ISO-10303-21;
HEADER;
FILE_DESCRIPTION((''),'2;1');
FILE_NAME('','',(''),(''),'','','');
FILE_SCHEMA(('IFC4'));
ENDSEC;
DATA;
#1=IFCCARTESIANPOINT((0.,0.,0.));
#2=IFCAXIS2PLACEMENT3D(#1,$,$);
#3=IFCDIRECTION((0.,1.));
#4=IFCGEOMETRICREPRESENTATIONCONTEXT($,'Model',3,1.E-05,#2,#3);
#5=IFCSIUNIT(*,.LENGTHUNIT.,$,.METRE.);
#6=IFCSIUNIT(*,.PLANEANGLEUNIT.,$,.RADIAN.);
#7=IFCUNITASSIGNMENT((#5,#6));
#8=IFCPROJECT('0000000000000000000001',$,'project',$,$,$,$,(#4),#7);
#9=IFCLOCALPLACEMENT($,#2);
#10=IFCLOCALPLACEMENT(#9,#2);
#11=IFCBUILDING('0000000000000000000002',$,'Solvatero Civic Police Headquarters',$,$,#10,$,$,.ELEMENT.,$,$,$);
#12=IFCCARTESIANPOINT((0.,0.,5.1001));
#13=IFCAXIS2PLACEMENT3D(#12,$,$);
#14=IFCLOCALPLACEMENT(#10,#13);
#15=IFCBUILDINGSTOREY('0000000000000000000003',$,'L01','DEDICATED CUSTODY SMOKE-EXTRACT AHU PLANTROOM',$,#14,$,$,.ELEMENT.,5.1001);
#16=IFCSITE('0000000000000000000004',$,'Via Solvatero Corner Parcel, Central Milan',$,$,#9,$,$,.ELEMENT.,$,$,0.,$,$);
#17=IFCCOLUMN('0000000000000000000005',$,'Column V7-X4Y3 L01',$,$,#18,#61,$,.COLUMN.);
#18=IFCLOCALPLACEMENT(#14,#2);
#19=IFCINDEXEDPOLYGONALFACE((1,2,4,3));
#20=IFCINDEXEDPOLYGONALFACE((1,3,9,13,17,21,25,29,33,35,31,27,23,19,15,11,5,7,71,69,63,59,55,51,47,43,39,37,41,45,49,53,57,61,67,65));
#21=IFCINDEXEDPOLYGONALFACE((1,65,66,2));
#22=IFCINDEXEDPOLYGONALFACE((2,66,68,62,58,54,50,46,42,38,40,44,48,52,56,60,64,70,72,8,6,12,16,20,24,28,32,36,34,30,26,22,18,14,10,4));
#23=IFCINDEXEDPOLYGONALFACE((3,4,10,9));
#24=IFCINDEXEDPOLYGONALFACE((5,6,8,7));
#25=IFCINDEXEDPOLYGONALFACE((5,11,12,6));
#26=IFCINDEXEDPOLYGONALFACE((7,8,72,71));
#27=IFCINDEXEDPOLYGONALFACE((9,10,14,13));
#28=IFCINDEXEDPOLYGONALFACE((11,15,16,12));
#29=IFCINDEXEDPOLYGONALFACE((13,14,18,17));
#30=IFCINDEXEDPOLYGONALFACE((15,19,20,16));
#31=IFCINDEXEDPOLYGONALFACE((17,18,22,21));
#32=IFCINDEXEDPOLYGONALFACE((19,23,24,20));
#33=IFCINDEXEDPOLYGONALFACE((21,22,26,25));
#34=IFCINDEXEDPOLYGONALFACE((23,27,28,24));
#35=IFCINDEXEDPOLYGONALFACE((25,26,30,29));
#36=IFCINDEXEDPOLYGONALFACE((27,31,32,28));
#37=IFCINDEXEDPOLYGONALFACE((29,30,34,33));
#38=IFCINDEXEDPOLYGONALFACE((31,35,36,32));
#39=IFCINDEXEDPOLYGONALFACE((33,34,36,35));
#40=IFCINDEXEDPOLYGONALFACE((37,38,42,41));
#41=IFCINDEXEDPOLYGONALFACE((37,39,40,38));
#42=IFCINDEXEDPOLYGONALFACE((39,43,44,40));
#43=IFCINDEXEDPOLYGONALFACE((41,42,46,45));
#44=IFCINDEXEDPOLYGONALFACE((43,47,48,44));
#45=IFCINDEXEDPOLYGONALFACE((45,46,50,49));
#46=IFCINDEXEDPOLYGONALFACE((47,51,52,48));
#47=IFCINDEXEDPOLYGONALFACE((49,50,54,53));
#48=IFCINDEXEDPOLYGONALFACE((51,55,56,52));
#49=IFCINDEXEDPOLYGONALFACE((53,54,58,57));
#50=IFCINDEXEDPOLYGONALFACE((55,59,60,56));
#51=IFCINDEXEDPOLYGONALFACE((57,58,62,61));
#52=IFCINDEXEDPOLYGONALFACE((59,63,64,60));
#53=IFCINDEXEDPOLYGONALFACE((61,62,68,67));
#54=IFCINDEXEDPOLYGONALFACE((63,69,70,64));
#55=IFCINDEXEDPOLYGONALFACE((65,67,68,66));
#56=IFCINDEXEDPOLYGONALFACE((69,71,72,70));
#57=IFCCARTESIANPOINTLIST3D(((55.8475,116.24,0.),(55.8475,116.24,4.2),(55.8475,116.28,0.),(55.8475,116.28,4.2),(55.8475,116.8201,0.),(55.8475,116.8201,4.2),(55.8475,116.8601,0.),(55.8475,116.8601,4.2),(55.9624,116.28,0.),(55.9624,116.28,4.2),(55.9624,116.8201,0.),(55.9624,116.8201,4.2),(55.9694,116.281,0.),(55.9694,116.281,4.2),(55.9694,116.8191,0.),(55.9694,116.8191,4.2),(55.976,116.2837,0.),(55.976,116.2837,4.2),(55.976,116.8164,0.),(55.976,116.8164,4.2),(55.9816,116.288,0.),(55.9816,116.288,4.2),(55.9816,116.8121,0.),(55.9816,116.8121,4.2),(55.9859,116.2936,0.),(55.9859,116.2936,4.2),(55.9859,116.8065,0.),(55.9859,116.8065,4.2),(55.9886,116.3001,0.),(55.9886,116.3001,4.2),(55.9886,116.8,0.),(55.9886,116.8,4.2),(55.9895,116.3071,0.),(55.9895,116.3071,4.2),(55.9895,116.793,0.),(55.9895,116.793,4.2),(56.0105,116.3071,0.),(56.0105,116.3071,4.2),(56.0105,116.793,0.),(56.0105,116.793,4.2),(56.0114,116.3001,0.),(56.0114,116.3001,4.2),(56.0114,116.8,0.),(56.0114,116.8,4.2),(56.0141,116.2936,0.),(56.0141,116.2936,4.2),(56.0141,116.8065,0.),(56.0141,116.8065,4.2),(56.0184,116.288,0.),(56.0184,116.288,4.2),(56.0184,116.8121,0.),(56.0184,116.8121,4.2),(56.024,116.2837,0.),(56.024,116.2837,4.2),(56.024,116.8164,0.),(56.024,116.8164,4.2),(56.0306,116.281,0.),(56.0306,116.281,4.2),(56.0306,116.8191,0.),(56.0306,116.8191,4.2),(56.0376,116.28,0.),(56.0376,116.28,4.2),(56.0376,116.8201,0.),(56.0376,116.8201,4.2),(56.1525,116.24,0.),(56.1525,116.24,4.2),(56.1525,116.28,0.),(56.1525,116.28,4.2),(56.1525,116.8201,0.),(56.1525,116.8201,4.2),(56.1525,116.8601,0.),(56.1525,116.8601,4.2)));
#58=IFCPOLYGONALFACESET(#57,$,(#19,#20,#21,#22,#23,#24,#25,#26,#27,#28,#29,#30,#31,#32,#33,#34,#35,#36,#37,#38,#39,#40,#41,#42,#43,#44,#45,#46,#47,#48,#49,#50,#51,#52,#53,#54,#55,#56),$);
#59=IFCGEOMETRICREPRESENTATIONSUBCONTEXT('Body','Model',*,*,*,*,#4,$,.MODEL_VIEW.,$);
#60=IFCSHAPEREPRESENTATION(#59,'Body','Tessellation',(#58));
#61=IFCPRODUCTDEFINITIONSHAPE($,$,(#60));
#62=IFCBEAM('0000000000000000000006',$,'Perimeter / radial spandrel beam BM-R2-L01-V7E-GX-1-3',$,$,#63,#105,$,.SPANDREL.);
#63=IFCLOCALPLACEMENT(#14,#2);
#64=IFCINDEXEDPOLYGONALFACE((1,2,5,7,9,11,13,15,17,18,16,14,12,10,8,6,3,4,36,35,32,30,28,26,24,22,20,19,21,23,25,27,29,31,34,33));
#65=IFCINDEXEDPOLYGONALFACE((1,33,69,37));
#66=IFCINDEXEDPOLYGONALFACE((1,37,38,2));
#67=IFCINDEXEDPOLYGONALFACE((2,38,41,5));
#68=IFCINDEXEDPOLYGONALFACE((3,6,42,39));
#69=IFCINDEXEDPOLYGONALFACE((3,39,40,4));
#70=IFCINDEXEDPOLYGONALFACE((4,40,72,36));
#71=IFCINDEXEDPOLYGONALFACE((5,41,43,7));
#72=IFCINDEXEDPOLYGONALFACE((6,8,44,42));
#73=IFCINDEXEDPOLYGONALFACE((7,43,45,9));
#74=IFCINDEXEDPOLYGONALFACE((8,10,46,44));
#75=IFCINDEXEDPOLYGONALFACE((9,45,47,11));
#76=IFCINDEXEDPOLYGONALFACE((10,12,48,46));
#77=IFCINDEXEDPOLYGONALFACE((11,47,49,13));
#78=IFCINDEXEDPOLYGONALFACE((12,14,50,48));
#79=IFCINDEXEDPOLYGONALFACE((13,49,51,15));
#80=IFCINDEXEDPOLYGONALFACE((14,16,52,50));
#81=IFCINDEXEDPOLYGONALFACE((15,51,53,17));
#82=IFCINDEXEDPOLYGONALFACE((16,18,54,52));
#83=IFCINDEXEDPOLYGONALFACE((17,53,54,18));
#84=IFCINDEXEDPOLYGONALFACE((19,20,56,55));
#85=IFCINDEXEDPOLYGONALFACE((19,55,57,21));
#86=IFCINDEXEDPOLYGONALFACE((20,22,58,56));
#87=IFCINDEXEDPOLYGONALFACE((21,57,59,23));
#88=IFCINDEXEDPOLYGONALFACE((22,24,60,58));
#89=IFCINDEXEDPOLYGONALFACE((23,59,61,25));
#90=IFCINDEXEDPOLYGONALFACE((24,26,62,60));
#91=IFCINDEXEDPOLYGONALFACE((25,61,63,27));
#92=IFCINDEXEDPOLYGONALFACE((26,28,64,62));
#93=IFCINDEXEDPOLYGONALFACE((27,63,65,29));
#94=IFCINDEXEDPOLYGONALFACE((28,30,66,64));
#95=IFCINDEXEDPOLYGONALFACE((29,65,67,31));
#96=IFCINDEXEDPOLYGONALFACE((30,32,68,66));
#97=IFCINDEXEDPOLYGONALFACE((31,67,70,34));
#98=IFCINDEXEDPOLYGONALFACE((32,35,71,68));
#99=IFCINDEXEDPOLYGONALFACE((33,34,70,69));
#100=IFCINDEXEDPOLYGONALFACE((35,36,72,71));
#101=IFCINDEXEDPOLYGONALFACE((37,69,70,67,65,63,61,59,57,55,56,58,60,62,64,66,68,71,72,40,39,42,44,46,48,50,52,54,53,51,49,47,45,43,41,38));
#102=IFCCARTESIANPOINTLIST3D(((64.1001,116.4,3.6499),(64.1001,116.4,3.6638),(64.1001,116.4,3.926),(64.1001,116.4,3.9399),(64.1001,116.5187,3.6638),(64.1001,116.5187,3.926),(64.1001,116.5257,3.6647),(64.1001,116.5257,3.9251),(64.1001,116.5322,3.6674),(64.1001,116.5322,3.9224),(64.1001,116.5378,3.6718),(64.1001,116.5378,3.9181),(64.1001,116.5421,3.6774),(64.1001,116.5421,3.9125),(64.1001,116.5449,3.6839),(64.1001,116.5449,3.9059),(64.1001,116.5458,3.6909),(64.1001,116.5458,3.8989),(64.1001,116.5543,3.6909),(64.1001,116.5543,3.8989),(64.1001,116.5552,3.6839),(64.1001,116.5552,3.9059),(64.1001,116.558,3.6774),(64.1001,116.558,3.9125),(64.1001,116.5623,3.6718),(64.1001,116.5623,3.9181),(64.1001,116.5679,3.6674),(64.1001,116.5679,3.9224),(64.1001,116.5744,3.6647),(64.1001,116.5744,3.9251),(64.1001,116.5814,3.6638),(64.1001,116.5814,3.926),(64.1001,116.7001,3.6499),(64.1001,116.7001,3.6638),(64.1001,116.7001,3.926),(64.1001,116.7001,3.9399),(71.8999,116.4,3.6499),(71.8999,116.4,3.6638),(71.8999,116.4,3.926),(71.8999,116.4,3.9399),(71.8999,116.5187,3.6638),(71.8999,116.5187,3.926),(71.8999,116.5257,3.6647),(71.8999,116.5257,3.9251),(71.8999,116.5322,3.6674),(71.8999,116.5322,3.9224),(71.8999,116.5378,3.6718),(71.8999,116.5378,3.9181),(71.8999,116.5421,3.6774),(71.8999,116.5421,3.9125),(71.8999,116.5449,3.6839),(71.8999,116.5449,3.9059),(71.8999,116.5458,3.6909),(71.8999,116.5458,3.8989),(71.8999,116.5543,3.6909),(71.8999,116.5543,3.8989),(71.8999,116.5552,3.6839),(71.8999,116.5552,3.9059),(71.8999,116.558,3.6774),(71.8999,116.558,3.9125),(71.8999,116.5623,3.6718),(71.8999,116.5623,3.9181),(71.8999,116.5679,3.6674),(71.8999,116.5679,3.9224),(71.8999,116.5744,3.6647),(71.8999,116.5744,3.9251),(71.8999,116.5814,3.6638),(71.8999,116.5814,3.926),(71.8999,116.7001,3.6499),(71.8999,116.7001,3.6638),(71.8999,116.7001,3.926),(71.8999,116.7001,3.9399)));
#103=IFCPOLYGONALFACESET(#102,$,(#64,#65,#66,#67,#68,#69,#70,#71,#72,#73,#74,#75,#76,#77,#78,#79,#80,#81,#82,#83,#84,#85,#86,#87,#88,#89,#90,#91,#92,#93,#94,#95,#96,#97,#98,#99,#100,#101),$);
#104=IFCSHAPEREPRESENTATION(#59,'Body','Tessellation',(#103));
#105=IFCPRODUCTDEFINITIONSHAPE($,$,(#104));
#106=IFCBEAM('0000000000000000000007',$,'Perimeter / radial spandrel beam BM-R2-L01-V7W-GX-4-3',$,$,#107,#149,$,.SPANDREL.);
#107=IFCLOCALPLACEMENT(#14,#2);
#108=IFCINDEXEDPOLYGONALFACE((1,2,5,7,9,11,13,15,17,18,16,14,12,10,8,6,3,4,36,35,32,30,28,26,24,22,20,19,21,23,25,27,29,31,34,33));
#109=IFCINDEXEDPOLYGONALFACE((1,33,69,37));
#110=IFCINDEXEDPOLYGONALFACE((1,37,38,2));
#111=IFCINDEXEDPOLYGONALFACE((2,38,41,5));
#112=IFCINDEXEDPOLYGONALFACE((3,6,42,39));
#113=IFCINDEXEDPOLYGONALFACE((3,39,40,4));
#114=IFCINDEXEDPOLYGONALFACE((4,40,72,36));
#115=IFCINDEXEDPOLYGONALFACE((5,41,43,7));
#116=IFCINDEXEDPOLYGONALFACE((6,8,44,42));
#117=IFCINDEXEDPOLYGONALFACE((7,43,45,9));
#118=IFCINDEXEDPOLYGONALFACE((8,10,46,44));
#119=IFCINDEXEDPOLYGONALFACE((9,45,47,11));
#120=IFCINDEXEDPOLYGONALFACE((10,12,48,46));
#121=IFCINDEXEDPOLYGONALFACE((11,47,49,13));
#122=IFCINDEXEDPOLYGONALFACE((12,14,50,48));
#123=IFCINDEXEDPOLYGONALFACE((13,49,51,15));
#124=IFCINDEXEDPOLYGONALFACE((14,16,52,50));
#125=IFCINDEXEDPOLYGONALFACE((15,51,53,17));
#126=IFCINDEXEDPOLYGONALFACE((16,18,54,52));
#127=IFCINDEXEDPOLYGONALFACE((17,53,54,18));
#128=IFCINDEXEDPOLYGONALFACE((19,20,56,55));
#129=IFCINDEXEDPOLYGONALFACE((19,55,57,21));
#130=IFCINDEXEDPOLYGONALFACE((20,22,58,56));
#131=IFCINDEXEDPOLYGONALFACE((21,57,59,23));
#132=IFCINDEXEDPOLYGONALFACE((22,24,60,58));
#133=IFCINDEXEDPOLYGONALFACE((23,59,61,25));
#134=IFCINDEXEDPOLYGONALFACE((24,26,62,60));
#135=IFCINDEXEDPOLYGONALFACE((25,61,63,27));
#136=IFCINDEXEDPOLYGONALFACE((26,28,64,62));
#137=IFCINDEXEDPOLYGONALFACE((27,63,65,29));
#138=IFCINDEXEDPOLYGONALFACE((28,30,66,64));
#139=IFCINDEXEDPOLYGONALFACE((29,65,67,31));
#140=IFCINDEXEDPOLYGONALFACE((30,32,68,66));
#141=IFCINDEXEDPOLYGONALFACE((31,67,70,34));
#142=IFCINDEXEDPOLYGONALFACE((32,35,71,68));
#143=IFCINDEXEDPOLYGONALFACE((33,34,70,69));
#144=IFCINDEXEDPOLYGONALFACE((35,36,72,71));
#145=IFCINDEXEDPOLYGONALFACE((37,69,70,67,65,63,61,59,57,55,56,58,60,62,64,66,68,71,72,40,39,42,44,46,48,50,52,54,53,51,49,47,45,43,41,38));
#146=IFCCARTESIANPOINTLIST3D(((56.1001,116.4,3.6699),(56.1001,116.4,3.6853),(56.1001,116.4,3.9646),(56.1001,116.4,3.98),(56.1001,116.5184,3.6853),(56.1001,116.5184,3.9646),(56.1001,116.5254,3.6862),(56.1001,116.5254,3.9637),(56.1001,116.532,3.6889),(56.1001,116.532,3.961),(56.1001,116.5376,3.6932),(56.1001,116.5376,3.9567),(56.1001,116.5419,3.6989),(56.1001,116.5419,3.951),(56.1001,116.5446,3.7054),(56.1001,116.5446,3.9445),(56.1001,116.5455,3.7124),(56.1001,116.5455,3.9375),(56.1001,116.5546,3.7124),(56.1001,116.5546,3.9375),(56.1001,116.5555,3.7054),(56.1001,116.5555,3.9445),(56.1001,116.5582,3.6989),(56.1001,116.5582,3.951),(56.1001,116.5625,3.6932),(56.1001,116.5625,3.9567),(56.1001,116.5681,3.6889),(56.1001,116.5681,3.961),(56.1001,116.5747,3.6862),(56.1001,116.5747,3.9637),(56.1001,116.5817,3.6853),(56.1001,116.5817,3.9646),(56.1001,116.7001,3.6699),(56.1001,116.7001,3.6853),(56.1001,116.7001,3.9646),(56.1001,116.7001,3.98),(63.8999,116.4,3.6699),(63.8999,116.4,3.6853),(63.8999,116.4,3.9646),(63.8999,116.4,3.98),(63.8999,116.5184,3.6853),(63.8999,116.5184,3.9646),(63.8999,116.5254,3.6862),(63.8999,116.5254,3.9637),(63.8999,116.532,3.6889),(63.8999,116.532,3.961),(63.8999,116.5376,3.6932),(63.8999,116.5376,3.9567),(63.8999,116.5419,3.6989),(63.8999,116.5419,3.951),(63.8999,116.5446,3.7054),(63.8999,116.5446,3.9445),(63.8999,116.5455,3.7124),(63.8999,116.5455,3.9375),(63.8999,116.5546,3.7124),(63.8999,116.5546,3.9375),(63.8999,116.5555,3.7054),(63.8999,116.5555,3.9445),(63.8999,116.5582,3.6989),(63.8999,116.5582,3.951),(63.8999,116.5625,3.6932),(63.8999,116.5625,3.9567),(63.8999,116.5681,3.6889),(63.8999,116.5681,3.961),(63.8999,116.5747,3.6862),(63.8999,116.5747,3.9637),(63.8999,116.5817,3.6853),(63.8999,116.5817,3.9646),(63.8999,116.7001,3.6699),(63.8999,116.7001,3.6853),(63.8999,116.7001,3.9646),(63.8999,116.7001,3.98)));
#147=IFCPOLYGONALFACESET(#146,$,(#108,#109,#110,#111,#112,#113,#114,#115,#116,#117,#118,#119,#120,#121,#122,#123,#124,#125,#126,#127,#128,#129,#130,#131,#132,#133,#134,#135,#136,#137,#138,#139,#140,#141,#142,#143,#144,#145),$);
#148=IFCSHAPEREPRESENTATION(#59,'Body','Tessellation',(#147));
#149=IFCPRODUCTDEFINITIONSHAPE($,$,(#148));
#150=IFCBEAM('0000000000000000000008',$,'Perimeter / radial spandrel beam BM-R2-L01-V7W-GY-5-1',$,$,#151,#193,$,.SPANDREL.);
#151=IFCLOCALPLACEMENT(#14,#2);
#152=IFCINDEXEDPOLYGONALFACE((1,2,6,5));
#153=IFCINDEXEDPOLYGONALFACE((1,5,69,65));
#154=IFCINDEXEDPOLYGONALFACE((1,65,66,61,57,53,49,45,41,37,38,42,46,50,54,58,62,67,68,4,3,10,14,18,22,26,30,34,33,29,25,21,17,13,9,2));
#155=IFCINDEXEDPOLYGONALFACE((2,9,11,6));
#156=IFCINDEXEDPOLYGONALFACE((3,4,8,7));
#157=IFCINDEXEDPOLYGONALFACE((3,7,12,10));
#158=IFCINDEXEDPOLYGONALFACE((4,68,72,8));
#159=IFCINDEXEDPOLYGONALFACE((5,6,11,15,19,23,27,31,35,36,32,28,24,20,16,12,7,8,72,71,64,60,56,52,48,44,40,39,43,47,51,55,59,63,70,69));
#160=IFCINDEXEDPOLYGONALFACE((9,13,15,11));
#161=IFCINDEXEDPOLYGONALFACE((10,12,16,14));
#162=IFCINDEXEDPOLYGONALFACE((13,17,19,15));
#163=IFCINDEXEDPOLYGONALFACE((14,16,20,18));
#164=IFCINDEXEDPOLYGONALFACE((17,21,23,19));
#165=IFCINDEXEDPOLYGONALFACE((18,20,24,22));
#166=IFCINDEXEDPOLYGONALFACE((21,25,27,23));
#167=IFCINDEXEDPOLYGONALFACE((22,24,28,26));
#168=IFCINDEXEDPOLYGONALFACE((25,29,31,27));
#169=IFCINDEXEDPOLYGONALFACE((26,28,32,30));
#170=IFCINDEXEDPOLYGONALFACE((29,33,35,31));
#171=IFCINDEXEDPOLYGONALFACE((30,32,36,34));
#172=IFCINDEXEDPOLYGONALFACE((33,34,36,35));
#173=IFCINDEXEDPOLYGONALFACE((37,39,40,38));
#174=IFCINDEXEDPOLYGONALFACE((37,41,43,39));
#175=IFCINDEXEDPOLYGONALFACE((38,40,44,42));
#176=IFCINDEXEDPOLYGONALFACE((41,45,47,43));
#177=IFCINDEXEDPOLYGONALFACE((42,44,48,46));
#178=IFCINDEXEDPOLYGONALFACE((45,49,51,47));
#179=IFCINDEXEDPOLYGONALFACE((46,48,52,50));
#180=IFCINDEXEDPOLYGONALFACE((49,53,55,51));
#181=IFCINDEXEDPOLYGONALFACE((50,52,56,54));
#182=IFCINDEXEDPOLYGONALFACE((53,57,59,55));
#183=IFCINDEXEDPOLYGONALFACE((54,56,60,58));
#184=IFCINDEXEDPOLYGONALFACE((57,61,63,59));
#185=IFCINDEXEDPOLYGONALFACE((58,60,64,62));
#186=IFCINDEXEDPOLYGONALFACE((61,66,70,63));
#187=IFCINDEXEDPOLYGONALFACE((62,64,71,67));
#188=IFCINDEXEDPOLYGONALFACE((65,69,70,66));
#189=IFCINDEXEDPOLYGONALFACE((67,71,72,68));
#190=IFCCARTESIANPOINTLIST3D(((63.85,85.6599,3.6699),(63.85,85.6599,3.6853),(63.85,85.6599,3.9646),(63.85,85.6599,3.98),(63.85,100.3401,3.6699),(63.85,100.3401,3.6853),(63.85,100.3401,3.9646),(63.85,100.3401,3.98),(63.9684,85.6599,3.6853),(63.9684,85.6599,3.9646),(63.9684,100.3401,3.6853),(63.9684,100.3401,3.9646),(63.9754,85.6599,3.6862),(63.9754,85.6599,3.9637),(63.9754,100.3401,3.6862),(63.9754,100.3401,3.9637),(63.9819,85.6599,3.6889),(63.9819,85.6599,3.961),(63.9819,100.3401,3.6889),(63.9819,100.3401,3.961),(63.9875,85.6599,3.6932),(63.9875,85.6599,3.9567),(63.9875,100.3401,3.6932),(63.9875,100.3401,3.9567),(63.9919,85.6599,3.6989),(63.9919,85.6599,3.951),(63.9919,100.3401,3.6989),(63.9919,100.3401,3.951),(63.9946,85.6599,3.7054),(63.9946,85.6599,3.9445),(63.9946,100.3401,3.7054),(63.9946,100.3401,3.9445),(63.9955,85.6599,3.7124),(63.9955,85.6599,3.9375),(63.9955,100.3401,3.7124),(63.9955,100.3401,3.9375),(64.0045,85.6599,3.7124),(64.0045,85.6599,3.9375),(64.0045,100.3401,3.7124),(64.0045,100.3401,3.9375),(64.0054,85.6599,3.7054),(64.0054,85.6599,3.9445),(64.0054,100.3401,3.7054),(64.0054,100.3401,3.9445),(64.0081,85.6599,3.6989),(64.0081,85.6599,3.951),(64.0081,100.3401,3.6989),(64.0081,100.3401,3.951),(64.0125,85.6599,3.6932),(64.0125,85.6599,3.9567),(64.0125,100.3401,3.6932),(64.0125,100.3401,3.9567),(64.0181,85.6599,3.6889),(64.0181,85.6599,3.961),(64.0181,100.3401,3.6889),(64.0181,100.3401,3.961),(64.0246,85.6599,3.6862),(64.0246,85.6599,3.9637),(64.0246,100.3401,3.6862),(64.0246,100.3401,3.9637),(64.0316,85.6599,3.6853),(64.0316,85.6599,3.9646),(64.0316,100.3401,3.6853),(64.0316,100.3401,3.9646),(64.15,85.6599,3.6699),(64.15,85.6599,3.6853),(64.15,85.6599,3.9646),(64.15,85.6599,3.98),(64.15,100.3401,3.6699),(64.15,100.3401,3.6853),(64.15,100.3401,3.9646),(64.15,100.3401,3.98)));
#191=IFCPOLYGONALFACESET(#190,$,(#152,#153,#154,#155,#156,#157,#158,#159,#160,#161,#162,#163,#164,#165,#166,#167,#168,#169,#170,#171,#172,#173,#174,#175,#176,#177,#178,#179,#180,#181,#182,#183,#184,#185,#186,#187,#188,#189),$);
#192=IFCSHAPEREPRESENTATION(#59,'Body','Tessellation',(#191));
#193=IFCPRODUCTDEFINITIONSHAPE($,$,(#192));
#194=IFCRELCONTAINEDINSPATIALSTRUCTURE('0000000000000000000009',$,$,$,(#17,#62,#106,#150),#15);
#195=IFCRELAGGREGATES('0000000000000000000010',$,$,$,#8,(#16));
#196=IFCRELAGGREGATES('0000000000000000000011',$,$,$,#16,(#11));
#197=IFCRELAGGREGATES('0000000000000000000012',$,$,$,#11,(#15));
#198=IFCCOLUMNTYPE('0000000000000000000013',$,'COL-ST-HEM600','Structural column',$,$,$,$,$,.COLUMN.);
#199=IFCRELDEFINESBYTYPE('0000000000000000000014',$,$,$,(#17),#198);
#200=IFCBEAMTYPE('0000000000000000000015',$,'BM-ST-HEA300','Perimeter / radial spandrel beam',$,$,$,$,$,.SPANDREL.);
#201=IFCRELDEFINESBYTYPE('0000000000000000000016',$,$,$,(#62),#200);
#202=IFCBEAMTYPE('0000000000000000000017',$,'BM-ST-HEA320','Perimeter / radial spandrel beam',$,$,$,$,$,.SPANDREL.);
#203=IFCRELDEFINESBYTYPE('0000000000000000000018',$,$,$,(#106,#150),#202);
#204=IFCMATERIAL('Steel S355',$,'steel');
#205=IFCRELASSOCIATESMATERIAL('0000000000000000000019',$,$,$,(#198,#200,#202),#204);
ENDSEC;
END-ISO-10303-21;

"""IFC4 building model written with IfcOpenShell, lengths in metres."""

from ifc_helpers import new_model, si_unit, direction, frame, origin, origin_2d, place, context, subcontext, project, spatial, i_section, extrude, material, material_profile, profile_set, type_object, element, save


model = new_model("IFC4")

# Units and contexts
model_context = context("Model", 3, precision=1e-05, world=origin(), true_north=direction((0.0, 1.0)))
body_context = subcontext(model_context, "Body", "Model", "MODEL_VIEW")
ifc_project = project(units=[si_unit("LENGTHUNIT", "METRE"), si_unit("PLANEANGLEUNIT", "RADIAN")], contexts=[model_context])

# Site, building, storey
site_placement = place(None, origin())
site = spatial("IfcSite", under=ifc_project, at=site_placement, Name="Via Solvatero Corner Parcel, Central Milan", CompositionType="ELEMENT", RefElevation=0.0)
building_placement = place(site_placement, origin())
building = spatial("IfcBuilding", under=site, at=building_placement, Name="Solvatero Civic Police Headquarters", CompositionType="ELEMENT")
storey_placement = place(building_placement, frame((0.0, 0.0, 5.1001)))
storey = spatial("IfcBuildingStorey", under=building, at=storey_placement, Name="L01", Description="DEDICATED CUSTODY SMOKE-EXTRACT AHU PLANTROOM", CompositionType="ELEMENT", Elevation=5.1001)

# Column
ifc_material_1 = material(Name="Steel S355", Category="steel")
ifc_material_profile_1 = material_profile(ifc_material_1, i_section(OverallWidth=0.3049, OverallDepth=0.6201, WebThickness=0.021, FlangeThickness=0.04, FilletRadius=0.0271, at=origin_2d()), Name="HEM 600")
ifc_profile_set_1 = profile_set([ifc_material_profile_1], Name="Steel S355")
column_type_1 = type_object("IfcColumnType", Name="COL-ST-HEM600", Description="Structural column", PredefinedType="COLUMN", material=ifc_profile_set_1)
column_1_placement = place(storey_placement, frame((56.0, 116.55, 0.0), z_axis=(0.0, 0.0, 1.0), x_axis=(1.0, 0.0, 0.0)))
element("IfcColumn", 1, at=column_1_placement, inside=storey, type_object=column_type_1, Name="Column V7-X4Y3 L01", PredefinedType="COLUMN", context=body_context, shape_type="SweptSolid", body=[
    extrude(i_section(OverallWidth=0.3049, OverallDepth=0.6201, WebThickness=0.021, FlangeThickness=0.04, FilletRadius=0.0271, at=origin_2d()), origin(), (0.0, 0.0, 1.0), 4.2),
])

# Beams
ifc_material_profile_2 = material_profile(ifc_material_1, i_section(OverallWidth=0.3, OverallDepth=0.29, WebThickness=0.0085, FlangeThickness=0.0139, FilletRadius=0.0271, at=origin_2d()), Name="HEA 300")
ifc_profile_set_2 = profile_set([ifc_material_profile_2], Name="Steel S355")
beam_type_1 = type_object("IfcBeamType", Name="BM-ST-HEA300", Description="Perimeter / radial spandrel beam", PredefinedType="SPANDREL", material=ifc_profile_set_2)
beam_1_placement = place(storey_placement, frame((64.1001, 116.55, 3.7949), z_axis=(1.0, 0.0, 0.0), x_axis=(0.0, 1.0, 0.0)))
element("IfcBeam", 2, at=beam_1_placement, inside=storey, type_object=beam_type_1, Name="Perimeter / radial spandrel beam BM-R2-L01-V7E-GX-1-3", PredefinedType="SPANDREL", context=body_context, shape_type="SweptSolid", body=[
    extrude(i_section(OverallWidth=0.3, OverallDepth=0.29, WebThickness=0.0085, FlangeThickness=0.0139, FilletRadius=0.0271, at=origin_2d()), origin(), (0.0, 0.0, 1.0), 7.7998),
])
ifc_material_profile_3 = material_profile(ifc_material_1, i_section(OverallWidth=0.3, OverallDepth=0.3101, WebThickness=0.009, FlangeThickness=0.0154, FilletRadius=0.0271, at=origin_2d()), Name="HEA 320")
ifc_profile_set_3 = profile_set([ifc_material_profile_3], Name="Steel S355")
beam_type_2 = type_object("IfcBeamType", Name="BM-ST-HEA320", Description="Perimeter / radial spandrel beam", PredefinedType="SPANDREL", material=ifc_profile_set_3)
beam_2_placement = place(storey_placement, frame((56.1001, 116.55, 3.825), z_axis=(1.0, 0.0, 0.0), x_axis=(0.0, 1.0, 0.0)))
element("IfcBeam", 3, at=beam_2_placement, inside=storey, type_object=beam_type_2, Name="Perimeter / radial spandrel beam BM-R2-L01-V7W-GX-4-3", PredefinedType="SPANDREL", context=body_context, shape_type="SweptSolid", body=[
    extrude(i_section(OverallWidth=0.3, OverallDepth=0.3101, WebThickness=0.009, FlangeThickness=0.0154, FilletRadius=0.0271, at=origin_2d()), origin(), (0.0, 0.0, 1.0), 7.7998),
])
beam_3_placement = place(storey_placement, frame((64.0, 85.6599, 3.825), z_axis=(0.0, 1.0, 0.0), x_axis=(-1.0, 0.0, 0.0)))
element("IfcBeam", 4, at=beam_3_placement, inside=storey, type_object=beam_type_2, Name="Perimeter / radial spandrel beam BM-R2-L01-V7W-GY-5-1", PredefinedType="SPANDREL", context=body_context, shape_type="SweptSolid", body=[
    extrude(i_section(OverallWidth=0.3, OverallDepth=0.3101, WebThickness=0.009, FlangeThickness=0.0154, FilletRadius=0.0271, at=origin_2d()), origin(), (0.0, 0.0, 1.0), 14.6802),
])

save(model, "model.ifc")
